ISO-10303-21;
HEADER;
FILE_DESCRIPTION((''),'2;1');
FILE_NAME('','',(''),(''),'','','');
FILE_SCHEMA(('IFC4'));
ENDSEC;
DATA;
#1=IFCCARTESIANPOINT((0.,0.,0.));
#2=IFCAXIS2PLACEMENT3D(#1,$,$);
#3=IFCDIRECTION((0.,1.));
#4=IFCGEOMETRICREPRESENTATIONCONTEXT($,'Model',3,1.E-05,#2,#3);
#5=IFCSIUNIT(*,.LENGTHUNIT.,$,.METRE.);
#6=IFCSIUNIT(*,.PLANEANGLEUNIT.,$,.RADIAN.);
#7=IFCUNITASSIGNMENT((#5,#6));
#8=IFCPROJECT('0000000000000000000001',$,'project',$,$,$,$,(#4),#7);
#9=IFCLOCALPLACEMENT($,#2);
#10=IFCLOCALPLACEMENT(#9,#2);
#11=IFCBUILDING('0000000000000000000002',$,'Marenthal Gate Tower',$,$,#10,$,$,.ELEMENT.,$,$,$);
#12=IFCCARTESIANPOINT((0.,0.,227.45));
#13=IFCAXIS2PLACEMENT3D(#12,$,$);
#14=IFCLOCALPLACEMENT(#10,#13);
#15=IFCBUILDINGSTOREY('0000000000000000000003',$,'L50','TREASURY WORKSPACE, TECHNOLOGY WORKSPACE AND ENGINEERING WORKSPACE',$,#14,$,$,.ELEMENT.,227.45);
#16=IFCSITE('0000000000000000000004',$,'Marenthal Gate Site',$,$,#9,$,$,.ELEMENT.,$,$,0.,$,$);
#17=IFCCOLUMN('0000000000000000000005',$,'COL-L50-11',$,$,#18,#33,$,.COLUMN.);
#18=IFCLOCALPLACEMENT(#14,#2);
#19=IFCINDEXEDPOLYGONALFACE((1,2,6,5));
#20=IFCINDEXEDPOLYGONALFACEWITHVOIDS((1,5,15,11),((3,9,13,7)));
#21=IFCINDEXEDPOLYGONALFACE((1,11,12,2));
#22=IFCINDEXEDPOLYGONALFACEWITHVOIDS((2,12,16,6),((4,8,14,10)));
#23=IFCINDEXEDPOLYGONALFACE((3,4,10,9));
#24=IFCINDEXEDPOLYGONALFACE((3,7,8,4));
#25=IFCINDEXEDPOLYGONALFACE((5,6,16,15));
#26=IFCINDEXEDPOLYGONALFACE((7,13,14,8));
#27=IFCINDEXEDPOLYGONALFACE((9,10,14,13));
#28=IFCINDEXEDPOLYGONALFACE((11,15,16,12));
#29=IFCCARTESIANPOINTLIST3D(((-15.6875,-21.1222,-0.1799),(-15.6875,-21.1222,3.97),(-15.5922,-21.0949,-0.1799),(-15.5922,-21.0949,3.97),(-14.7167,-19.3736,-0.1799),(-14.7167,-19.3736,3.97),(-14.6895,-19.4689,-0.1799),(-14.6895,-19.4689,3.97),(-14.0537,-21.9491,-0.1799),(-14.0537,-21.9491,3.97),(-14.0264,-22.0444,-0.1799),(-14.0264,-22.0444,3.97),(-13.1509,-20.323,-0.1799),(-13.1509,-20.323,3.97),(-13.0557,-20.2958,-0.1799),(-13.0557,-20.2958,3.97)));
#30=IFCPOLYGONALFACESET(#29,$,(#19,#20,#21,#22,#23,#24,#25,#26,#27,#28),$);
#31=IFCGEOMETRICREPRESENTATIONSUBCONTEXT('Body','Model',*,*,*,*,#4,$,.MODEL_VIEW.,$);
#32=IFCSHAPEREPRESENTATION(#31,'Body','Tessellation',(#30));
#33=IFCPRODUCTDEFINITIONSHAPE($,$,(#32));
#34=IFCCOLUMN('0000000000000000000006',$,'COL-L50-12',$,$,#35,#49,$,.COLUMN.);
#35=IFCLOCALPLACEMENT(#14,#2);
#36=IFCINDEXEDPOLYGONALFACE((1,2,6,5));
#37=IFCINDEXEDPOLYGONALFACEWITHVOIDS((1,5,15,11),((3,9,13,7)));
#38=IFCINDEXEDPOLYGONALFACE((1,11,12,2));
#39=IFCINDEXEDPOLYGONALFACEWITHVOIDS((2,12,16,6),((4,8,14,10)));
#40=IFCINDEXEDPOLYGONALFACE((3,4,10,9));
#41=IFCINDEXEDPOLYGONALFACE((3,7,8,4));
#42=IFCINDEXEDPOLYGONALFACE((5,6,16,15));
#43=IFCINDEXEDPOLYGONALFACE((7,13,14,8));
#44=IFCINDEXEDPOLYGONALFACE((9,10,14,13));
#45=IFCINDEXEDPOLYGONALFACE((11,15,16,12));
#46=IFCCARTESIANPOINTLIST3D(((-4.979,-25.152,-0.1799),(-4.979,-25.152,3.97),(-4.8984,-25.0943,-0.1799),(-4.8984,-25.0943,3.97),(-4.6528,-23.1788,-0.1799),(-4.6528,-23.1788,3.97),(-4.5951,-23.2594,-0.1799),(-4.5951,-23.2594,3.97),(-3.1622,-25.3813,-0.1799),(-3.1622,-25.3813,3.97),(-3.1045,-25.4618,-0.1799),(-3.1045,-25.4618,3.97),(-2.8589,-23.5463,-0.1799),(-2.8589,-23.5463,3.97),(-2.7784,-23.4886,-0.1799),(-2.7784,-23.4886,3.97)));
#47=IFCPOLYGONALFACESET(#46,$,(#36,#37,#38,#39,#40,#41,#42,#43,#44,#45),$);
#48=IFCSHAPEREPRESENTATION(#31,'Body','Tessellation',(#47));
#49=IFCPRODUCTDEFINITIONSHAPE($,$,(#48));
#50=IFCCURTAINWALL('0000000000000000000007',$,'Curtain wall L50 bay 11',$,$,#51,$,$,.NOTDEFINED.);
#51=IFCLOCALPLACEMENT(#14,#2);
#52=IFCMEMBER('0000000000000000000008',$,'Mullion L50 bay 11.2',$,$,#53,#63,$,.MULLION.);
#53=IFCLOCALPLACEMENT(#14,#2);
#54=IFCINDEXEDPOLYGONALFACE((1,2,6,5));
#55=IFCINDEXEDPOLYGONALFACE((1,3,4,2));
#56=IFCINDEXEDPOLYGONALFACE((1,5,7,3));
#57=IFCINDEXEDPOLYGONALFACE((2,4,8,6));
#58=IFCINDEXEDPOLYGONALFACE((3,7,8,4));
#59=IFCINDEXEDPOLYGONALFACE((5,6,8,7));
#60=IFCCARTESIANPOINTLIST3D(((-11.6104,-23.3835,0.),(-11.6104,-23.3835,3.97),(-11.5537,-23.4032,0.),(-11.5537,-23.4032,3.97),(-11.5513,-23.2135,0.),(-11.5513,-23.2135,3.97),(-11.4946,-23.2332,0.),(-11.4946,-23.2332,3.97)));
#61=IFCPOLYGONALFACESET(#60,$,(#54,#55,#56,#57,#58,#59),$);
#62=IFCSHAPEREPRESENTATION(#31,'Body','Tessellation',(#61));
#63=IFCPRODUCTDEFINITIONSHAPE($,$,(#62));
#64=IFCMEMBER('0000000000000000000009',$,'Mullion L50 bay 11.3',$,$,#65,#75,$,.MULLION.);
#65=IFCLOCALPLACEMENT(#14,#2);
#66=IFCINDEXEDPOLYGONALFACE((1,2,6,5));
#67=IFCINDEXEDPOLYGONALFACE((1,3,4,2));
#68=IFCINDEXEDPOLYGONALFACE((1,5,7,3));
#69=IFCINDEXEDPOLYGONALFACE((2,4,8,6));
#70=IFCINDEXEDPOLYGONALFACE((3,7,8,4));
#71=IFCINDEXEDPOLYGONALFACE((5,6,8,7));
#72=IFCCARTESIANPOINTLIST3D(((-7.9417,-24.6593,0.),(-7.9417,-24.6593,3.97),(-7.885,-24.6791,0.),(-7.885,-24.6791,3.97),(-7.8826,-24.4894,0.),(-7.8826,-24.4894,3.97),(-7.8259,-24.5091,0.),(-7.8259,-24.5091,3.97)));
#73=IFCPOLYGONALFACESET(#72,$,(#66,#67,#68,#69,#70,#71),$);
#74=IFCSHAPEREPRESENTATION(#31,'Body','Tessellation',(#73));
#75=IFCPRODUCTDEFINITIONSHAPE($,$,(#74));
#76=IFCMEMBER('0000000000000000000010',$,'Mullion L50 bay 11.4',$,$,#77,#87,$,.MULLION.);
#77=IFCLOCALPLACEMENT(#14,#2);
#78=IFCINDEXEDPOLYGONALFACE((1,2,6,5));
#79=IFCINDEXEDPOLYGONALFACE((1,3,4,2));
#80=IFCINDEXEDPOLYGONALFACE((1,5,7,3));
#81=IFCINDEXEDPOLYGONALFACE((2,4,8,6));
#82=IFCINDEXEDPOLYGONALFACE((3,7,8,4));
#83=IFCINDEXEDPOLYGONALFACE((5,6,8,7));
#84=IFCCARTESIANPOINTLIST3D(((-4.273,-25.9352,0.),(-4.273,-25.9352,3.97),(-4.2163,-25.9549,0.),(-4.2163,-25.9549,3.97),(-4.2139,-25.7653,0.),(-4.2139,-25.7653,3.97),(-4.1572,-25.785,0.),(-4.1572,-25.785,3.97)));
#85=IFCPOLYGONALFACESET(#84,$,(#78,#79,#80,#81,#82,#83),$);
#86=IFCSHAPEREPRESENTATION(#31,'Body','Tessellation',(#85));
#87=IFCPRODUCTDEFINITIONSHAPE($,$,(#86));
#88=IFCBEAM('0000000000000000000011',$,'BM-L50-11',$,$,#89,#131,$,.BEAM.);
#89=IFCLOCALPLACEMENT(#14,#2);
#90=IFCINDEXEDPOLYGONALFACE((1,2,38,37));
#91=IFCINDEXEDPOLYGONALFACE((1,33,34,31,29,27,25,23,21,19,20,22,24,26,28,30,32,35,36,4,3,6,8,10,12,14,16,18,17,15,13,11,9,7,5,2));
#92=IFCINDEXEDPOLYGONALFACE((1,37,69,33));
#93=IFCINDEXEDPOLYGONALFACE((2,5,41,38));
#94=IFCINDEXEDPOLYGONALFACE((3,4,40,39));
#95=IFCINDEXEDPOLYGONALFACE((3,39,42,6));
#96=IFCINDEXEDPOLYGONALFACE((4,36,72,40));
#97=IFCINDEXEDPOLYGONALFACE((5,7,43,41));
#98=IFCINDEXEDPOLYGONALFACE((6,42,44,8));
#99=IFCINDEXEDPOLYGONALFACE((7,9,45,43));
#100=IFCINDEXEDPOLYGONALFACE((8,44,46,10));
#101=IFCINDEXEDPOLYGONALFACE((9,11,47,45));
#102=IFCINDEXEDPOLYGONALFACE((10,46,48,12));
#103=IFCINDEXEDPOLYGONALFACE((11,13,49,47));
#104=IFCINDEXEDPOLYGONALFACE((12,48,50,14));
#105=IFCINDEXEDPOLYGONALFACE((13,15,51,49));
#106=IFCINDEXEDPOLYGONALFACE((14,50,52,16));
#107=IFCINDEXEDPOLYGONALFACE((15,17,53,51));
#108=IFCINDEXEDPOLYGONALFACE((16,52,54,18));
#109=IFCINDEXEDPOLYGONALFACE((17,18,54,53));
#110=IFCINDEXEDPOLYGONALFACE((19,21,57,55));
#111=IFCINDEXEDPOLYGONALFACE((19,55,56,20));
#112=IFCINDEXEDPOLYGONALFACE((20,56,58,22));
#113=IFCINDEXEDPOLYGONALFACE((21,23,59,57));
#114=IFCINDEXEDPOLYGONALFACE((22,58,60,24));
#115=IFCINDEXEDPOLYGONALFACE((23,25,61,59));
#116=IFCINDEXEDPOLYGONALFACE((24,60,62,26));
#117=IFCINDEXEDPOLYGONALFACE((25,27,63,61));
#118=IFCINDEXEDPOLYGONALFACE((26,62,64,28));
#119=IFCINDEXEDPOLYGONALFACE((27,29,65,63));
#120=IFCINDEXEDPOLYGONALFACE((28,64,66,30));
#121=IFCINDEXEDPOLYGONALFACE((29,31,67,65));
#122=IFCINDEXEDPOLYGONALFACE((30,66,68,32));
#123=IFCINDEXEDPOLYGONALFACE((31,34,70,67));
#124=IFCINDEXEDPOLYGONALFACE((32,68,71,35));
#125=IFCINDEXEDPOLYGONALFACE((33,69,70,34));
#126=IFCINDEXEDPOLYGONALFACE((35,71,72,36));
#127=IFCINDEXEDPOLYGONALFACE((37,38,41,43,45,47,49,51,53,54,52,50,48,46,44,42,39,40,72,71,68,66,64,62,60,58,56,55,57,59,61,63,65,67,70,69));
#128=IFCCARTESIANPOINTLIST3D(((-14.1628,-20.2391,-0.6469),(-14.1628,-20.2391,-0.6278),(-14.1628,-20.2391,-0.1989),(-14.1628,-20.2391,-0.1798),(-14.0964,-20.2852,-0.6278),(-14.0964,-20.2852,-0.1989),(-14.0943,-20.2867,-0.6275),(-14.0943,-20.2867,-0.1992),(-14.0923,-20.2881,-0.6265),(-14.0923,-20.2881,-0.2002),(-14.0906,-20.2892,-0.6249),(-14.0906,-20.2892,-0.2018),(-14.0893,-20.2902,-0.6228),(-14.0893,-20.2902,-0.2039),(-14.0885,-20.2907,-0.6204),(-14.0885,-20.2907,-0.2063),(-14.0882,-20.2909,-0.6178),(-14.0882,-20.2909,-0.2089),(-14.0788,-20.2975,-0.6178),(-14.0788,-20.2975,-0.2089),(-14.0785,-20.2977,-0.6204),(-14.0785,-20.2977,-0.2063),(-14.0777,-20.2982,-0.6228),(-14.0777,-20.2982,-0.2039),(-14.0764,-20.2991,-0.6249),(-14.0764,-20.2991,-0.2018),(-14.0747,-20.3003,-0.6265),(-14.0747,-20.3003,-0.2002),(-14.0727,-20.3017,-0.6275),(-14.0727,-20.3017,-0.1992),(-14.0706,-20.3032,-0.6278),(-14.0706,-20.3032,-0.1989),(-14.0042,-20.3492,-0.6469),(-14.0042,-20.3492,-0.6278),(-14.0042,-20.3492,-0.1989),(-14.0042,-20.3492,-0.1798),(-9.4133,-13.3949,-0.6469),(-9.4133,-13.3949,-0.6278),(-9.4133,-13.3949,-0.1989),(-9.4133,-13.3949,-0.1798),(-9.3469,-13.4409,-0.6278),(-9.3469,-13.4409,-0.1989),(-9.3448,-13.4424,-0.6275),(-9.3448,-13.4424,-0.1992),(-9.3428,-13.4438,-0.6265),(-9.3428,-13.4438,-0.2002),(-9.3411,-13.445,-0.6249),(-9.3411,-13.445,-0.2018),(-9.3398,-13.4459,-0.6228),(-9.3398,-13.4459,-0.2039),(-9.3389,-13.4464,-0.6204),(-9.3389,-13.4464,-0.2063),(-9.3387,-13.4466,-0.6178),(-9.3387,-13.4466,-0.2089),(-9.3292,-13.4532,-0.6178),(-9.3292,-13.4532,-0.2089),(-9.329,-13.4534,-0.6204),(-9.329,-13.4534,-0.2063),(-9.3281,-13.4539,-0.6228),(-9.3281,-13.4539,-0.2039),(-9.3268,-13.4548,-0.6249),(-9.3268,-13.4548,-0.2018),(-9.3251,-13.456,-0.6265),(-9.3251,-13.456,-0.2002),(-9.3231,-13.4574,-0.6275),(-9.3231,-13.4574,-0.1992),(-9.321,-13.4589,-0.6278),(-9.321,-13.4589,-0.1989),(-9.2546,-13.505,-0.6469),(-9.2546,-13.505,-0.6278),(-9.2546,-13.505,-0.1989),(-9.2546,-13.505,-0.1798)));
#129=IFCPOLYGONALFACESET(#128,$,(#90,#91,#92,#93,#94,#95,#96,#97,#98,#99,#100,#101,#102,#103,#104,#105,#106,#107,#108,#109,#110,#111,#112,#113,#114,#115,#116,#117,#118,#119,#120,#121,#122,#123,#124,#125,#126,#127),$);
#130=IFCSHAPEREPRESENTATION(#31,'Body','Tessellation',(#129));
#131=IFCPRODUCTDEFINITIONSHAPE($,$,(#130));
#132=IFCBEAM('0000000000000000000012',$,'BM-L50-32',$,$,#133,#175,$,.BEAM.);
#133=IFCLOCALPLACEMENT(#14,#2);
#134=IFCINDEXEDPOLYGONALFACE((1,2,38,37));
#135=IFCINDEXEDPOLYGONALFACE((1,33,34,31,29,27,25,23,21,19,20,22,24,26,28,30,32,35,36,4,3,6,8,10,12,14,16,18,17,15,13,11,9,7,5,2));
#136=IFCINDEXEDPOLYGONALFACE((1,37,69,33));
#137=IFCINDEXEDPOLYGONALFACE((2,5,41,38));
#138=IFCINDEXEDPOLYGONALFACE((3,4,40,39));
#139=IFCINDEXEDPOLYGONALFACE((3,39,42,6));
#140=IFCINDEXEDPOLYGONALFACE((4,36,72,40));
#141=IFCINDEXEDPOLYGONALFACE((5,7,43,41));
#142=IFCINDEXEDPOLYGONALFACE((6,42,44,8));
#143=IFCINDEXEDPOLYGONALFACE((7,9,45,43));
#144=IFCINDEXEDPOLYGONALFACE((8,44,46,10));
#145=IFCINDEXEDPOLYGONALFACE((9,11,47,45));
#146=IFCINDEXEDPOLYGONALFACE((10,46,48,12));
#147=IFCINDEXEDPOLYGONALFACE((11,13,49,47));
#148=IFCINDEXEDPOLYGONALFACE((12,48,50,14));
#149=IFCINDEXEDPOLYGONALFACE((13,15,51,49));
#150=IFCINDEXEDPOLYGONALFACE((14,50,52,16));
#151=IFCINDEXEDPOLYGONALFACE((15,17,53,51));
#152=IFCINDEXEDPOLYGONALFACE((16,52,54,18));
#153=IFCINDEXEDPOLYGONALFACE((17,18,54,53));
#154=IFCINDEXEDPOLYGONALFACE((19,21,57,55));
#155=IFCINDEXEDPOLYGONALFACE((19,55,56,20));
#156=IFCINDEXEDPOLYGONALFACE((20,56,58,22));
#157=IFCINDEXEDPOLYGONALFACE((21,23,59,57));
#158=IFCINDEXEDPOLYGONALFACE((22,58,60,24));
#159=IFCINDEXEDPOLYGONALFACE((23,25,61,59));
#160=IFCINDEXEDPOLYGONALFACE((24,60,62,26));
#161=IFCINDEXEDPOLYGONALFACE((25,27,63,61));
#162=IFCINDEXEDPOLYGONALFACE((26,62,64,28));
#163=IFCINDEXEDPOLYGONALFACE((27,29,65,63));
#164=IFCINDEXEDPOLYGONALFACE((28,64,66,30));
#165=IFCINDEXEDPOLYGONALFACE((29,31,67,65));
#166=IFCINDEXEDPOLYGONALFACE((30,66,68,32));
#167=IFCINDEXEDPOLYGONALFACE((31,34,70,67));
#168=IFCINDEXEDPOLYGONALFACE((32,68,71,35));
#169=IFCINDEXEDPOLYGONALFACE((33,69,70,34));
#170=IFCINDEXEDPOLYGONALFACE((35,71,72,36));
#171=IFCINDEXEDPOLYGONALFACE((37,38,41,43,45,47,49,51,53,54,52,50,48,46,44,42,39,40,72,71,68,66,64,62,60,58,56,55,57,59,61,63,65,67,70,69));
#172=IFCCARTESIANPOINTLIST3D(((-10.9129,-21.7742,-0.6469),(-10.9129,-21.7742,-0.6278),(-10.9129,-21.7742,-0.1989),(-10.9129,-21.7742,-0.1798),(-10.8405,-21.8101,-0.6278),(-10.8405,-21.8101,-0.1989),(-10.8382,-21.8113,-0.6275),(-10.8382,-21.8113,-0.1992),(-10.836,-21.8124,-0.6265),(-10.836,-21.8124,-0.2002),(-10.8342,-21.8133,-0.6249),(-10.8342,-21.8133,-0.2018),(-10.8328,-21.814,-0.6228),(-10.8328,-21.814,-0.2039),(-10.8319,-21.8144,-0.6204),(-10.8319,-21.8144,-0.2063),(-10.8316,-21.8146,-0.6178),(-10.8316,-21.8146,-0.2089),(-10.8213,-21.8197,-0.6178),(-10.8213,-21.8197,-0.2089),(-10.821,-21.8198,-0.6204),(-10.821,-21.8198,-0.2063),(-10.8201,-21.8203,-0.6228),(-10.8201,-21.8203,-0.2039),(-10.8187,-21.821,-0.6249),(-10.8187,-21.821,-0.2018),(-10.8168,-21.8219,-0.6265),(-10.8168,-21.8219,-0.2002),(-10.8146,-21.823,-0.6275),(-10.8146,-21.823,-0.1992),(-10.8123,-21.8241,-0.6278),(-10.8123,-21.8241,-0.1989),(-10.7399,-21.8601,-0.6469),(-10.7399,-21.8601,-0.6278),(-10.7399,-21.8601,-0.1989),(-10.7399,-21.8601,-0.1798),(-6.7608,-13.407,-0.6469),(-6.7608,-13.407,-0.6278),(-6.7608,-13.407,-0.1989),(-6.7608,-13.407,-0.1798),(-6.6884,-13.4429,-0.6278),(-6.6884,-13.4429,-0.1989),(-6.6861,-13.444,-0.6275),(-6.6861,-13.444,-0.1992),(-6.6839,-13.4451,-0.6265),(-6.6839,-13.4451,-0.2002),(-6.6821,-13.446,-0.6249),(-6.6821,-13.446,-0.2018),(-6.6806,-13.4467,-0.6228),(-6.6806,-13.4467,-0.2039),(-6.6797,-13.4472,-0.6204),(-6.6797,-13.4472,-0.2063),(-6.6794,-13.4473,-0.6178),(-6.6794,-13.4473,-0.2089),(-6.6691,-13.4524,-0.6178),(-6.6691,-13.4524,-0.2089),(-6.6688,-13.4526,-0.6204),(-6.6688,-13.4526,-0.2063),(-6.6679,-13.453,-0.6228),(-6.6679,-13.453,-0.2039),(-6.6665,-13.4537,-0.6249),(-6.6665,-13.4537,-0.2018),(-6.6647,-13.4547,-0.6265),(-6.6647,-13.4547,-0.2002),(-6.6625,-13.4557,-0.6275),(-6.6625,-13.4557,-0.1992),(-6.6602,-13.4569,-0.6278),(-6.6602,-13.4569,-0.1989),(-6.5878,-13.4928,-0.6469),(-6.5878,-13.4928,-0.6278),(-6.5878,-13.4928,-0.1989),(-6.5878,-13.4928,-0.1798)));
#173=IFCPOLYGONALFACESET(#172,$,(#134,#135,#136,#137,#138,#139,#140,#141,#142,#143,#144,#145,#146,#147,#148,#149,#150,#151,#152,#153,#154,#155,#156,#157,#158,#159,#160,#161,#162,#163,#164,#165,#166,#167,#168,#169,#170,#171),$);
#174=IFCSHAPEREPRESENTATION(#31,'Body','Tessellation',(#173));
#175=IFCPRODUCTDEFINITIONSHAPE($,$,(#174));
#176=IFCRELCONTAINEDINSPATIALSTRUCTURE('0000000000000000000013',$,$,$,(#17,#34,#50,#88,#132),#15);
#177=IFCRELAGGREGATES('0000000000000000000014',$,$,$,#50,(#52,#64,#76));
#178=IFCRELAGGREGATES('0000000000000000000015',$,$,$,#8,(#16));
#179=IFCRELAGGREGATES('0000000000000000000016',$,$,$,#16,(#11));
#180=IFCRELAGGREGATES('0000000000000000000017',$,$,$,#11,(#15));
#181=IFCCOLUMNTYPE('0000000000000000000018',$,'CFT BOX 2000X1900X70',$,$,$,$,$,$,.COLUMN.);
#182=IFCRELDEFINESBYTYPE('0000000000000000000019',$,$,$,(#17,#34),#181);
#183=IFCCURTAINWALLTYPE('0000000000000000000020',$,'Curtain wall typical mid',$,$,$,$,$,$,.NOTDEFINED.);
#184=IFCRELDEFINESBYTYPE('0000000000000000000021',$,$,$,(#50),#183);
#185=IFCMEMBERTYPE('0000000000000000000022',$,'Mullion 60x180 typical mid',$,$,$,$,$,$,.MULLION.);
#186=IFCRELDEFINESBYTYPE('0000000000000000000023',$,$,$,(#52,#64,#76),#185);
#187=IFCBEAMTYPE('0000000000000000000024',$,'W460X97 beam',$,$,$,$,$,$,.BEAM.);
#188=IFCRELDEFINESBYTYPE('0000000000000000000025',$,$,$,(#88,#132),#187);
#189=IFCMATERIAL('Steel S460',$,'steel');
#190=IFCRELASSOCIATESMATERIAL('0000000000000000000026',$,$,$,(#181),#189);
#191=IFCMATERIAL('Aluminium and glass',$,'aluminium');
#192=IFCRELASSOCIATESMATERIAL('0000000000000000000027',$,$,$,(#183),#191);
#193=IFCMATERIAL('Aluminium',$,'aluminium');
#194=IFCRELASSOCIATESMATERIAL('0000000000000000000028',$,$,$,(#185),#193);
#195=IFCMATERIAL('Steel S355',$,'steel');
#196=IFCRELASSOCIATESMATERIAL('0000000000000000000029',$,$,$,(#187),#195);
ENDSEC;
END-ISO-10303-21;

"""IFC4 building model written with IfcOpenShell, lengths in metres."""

from ifc_helpers import new_model, si_unit, direction, frame, origin, origin_2d, place, context, subcontext, project, spatial, rectangle, hollow_rectangle, i_section, extrude, material, material_profile, profile_set, type_object, element, aggregate, save


model = new_model("IFC4")

# Units and contexts
model_context = context("Model", 3, precision=1e-05, world=origin(), true_north=direction((0.0, 1.0)))
body_context = subcontext(model_context, "Body", "Model", "MODEL_VIEW")
ifc_project = project(units=[si_unit("LENGTHUNIT", "METRE"), si_unit("PLANEANGLEUNIT", "RADIAN")], contexts=[model_context])

# Site, building, storey
site_placement = place(None, origin())
site = spatial("IfcSite", under=ifc_project, at=site_placement, Name="Marenthal Gate Site", CompositionType="ELEMENT", RefElevation=0.0)
building_placement = place(site_placement, origin())
building = spatial("IfcBuilding", under=site, at=building_placement, Name="Marenthal Gate Tower", CompositionType="ELEMENT")
storey_placement = place(building_placement, frame((0.0, 0.0, 227.45)))
storey = spatial("IfcBuildingStorey", under=building, at=storey_placement, Name="L50", Description="TREASURY WORKSPACE, TECHNOLOGY WORKSPACE AND ENGINEERING WORKSPACE", CompositionType="ELEMENT", Elevation=227.45)

# Columns
ifc_material_1 = material(Name="Steel S460", Category="steel")
ifc_material_profile_1 = material_profile(ifc_material_1, hollow_rectangle(XDim=1.8999, YDim=2.0, WallThickness=0.0701, at=origin_2d()), Name="CFT BOX 2000X1900X70")
ifc_material_2 = material(Name="Concrete 70 MPa", Category="concrete")
ifc_material_profile_2 = material_profile(ifc_material_2, rectangle(XDim=1.76, YDim=1.8601, at=origin_2d()), Name="CFT BOX 2000X1900X70 INFILL")
ifc_profile_set_1 = profile_set([ifc_material_profile_1, ifc_material_profile_2], Name="Steel S460 shell, Concrete 70 MPa infill")
column_type = type_object("IfcColumnType", Name="CFT BOX 2000X1900X70", PredefinedType="COLUMN", material=ifc_profile_set_1)
for number, where, z_axis, x_axis, name in (
    (1, (-14.3716, -20.709, -0.1799), (0.0, 0.0, 1.0), (-0.874301, 0.485385, 0.0), "COL-L50-11"),
    (2, (-3.8787, -24.3203, -0.1799), (0.0, 0.0, 1.0), (-0.986616, 0.163059, 0.0), "COL-L50-12"),
):
    element("IfcColumn", number, at=place(storey_placement, frame(where, z_axis=z_axis, x_axis=x_axis)), inside=storey, type_object=column_type, Name=name, PredefinedType="COLUMN", context=body_context, shape_type="SweptSolid", body=[
        extrude(hollow_rectangle(XDim=1.8999, YDim=2.0, WallThickness=0.0701, at=origin_2d()), origin(), (0.0, 0.0, 1.0), 4.1499),
    ])

# Curtain wall, members
ifc_material_3 = material(Name="Aluminium and glass", Category="aluminium")
curtain_wall_type = type_object("IfcCurtainWallType", Name="Curtain wall typical mid", PredefinedType="NOTDEFINED", material=ifc_material_3)
curtain_wall_placement = place(storey_placement, origin())
curtain_wall = element("IfcCurtainWall", 3, at=curtain_wall_placement, inside=storey, type_object=curtain_wall_type, Name="Curtain wall L50 bay 11", PredefinedType="NOTDEFINED")
ifc_material_4 = material(Name="Aluminium", Category="aluminium")
ifc_material_profile_3 = material_profile(ifc_material_4, rectangle(XDim=0.1799, YDim=0.0601, at=origin_2d()), Name="60x180 aluminium mullion")
ifc_profile_set_2 = profile_set([ifc_material_profile_3], Name="Aluminium")
member_type = type_object("IfcMemberType", Name="Mullion 60x180 typical mid", PredefinedType="MULLION", material=ifc_profile_set_2)
member_1_placement = place(storey_placement, frame((-11.5525, -23.3083, 0.0), z_axis=(0.0, 0.0, 1.0), x_axis=(0.328468, 0.944515, 0.0)))
member_1 = element("IfcMember", 4, at=member_1_placement, type_object=member_type, Name="Mullion L50 bay 11.2", PredefinedType="MULLION", context=body_context, shape_type="SweptSolid", body=[
    extrude(rectangle(XDim=0.1799, YDim=0.0601, at=origin_2d()), origin(), (0.0, 0.0, 1.0), 3.97),
])
member_2_placement = place(storey_placement, frame((-7.8838, -24.5842, 0.0), z_axis=(0.0, 0.0, 1.0), x_axis=(0.328468, 0.944515, 0.0)))
member_2 = element("IfcMember", 5, at=member_2_placement, type_object=member_type, Name="Mullion L50 bay 11.3", PredefinedType="MULLION", context=body_context, shape_type="SweptSolid", body=[
    extrude(rectangle(XDim=0.1799, YDim=0.0601, at=origin_2d()), origin(), (0.0, 0.0, 1.0), 3.97),
])
member_3_placement = place(storey_placement, frame((-4.2151, -25.8601, 0.0), z_axis=(0.0, 0.0, 1.0), x_axis=(0.328468, 0.944515, 0.0)))
member_3 = element("IfcMember", 6, at=member_3_placement, type_object=member_type, Name="Mullion L50 bay 11.4", PredefinedType="MULLION", context=body_context, shape_type="SweptSolid", body=[
    extrude(rectangle(XDim=0.1799, YDim=0.0601, at=origin_2d()), origin(), (0.0, 0.0, 1.0), 3.97),
])

# Beams
ifc_material_5 = material(Name="Steel S355", Category="steel")
ifc_material_profile_4 = material_profile(ifc_material_5, i_section(OverallWidth=0.1931, OverallDepth=0.467, WebThickness=0.0115, FlangeThickness=0.019, FilletRadius=0.01, at=origin_2d()), Name="W460X97")
ifc_profile_set_3 = profile_set([ifc_material_profile_4], Name="Steel S355")
beam_type_1 = type_object("IfcBeamType", Name="W460X97 beam", PredefinedType="BEAM", material=ifc_profile_set_3)
beam_1_placement = place(storey_placement, frame((-14.0835, -20.2942, -0.4133), z_axis=(0.570118, 0.821563, 0.0), x_axis=(-0.821563, 0.570118, 0.0)))
element("IfcBeam", 7, at=beam_1_placement, inside=storey, type_object=beam_type_1, Name="BM-L50-11", PredefinedType="BEAM", context=body_context, shape_type="SweptSolid", body=[
    extrude(i_section(OverallWidth=0.1931, OverallDepth=0.467, WebThickness=0.0115, FlangeThickness=0.019, FilletRadius=0.01, at=origin_2d()), origin(), (0.0, 0.0, 1.0), 8.3308),
])
beam_2_placement = place(storey_placement, frame((-10.8264, -21.8171, -0.4133), z_axis=(0.444514, 0.895772, 0.0), x_axis=(-0.895772, 0.444514, 0.0)))
element("IfcBeam", 8, at=beam_2_placement, inside=storey, type_object=beam_type_1, Name="BM-L50-32", PredefinedType="BEAM", context=body_context, shape_type="SweptSolid", body=[
    extrude(i_section(OverallWidth=0.1931, OverallDepth=0.467, WebThickness=0.0115, FlangeThickness=0.019, FilletRadius=0.01, at=origin_2d()), origin(), (0.0, 0.0, 1.0), 9.3408),
])

aggregate(curtain_wall, [member_1, member_2, member_3])

save(model, "model.ifc")
